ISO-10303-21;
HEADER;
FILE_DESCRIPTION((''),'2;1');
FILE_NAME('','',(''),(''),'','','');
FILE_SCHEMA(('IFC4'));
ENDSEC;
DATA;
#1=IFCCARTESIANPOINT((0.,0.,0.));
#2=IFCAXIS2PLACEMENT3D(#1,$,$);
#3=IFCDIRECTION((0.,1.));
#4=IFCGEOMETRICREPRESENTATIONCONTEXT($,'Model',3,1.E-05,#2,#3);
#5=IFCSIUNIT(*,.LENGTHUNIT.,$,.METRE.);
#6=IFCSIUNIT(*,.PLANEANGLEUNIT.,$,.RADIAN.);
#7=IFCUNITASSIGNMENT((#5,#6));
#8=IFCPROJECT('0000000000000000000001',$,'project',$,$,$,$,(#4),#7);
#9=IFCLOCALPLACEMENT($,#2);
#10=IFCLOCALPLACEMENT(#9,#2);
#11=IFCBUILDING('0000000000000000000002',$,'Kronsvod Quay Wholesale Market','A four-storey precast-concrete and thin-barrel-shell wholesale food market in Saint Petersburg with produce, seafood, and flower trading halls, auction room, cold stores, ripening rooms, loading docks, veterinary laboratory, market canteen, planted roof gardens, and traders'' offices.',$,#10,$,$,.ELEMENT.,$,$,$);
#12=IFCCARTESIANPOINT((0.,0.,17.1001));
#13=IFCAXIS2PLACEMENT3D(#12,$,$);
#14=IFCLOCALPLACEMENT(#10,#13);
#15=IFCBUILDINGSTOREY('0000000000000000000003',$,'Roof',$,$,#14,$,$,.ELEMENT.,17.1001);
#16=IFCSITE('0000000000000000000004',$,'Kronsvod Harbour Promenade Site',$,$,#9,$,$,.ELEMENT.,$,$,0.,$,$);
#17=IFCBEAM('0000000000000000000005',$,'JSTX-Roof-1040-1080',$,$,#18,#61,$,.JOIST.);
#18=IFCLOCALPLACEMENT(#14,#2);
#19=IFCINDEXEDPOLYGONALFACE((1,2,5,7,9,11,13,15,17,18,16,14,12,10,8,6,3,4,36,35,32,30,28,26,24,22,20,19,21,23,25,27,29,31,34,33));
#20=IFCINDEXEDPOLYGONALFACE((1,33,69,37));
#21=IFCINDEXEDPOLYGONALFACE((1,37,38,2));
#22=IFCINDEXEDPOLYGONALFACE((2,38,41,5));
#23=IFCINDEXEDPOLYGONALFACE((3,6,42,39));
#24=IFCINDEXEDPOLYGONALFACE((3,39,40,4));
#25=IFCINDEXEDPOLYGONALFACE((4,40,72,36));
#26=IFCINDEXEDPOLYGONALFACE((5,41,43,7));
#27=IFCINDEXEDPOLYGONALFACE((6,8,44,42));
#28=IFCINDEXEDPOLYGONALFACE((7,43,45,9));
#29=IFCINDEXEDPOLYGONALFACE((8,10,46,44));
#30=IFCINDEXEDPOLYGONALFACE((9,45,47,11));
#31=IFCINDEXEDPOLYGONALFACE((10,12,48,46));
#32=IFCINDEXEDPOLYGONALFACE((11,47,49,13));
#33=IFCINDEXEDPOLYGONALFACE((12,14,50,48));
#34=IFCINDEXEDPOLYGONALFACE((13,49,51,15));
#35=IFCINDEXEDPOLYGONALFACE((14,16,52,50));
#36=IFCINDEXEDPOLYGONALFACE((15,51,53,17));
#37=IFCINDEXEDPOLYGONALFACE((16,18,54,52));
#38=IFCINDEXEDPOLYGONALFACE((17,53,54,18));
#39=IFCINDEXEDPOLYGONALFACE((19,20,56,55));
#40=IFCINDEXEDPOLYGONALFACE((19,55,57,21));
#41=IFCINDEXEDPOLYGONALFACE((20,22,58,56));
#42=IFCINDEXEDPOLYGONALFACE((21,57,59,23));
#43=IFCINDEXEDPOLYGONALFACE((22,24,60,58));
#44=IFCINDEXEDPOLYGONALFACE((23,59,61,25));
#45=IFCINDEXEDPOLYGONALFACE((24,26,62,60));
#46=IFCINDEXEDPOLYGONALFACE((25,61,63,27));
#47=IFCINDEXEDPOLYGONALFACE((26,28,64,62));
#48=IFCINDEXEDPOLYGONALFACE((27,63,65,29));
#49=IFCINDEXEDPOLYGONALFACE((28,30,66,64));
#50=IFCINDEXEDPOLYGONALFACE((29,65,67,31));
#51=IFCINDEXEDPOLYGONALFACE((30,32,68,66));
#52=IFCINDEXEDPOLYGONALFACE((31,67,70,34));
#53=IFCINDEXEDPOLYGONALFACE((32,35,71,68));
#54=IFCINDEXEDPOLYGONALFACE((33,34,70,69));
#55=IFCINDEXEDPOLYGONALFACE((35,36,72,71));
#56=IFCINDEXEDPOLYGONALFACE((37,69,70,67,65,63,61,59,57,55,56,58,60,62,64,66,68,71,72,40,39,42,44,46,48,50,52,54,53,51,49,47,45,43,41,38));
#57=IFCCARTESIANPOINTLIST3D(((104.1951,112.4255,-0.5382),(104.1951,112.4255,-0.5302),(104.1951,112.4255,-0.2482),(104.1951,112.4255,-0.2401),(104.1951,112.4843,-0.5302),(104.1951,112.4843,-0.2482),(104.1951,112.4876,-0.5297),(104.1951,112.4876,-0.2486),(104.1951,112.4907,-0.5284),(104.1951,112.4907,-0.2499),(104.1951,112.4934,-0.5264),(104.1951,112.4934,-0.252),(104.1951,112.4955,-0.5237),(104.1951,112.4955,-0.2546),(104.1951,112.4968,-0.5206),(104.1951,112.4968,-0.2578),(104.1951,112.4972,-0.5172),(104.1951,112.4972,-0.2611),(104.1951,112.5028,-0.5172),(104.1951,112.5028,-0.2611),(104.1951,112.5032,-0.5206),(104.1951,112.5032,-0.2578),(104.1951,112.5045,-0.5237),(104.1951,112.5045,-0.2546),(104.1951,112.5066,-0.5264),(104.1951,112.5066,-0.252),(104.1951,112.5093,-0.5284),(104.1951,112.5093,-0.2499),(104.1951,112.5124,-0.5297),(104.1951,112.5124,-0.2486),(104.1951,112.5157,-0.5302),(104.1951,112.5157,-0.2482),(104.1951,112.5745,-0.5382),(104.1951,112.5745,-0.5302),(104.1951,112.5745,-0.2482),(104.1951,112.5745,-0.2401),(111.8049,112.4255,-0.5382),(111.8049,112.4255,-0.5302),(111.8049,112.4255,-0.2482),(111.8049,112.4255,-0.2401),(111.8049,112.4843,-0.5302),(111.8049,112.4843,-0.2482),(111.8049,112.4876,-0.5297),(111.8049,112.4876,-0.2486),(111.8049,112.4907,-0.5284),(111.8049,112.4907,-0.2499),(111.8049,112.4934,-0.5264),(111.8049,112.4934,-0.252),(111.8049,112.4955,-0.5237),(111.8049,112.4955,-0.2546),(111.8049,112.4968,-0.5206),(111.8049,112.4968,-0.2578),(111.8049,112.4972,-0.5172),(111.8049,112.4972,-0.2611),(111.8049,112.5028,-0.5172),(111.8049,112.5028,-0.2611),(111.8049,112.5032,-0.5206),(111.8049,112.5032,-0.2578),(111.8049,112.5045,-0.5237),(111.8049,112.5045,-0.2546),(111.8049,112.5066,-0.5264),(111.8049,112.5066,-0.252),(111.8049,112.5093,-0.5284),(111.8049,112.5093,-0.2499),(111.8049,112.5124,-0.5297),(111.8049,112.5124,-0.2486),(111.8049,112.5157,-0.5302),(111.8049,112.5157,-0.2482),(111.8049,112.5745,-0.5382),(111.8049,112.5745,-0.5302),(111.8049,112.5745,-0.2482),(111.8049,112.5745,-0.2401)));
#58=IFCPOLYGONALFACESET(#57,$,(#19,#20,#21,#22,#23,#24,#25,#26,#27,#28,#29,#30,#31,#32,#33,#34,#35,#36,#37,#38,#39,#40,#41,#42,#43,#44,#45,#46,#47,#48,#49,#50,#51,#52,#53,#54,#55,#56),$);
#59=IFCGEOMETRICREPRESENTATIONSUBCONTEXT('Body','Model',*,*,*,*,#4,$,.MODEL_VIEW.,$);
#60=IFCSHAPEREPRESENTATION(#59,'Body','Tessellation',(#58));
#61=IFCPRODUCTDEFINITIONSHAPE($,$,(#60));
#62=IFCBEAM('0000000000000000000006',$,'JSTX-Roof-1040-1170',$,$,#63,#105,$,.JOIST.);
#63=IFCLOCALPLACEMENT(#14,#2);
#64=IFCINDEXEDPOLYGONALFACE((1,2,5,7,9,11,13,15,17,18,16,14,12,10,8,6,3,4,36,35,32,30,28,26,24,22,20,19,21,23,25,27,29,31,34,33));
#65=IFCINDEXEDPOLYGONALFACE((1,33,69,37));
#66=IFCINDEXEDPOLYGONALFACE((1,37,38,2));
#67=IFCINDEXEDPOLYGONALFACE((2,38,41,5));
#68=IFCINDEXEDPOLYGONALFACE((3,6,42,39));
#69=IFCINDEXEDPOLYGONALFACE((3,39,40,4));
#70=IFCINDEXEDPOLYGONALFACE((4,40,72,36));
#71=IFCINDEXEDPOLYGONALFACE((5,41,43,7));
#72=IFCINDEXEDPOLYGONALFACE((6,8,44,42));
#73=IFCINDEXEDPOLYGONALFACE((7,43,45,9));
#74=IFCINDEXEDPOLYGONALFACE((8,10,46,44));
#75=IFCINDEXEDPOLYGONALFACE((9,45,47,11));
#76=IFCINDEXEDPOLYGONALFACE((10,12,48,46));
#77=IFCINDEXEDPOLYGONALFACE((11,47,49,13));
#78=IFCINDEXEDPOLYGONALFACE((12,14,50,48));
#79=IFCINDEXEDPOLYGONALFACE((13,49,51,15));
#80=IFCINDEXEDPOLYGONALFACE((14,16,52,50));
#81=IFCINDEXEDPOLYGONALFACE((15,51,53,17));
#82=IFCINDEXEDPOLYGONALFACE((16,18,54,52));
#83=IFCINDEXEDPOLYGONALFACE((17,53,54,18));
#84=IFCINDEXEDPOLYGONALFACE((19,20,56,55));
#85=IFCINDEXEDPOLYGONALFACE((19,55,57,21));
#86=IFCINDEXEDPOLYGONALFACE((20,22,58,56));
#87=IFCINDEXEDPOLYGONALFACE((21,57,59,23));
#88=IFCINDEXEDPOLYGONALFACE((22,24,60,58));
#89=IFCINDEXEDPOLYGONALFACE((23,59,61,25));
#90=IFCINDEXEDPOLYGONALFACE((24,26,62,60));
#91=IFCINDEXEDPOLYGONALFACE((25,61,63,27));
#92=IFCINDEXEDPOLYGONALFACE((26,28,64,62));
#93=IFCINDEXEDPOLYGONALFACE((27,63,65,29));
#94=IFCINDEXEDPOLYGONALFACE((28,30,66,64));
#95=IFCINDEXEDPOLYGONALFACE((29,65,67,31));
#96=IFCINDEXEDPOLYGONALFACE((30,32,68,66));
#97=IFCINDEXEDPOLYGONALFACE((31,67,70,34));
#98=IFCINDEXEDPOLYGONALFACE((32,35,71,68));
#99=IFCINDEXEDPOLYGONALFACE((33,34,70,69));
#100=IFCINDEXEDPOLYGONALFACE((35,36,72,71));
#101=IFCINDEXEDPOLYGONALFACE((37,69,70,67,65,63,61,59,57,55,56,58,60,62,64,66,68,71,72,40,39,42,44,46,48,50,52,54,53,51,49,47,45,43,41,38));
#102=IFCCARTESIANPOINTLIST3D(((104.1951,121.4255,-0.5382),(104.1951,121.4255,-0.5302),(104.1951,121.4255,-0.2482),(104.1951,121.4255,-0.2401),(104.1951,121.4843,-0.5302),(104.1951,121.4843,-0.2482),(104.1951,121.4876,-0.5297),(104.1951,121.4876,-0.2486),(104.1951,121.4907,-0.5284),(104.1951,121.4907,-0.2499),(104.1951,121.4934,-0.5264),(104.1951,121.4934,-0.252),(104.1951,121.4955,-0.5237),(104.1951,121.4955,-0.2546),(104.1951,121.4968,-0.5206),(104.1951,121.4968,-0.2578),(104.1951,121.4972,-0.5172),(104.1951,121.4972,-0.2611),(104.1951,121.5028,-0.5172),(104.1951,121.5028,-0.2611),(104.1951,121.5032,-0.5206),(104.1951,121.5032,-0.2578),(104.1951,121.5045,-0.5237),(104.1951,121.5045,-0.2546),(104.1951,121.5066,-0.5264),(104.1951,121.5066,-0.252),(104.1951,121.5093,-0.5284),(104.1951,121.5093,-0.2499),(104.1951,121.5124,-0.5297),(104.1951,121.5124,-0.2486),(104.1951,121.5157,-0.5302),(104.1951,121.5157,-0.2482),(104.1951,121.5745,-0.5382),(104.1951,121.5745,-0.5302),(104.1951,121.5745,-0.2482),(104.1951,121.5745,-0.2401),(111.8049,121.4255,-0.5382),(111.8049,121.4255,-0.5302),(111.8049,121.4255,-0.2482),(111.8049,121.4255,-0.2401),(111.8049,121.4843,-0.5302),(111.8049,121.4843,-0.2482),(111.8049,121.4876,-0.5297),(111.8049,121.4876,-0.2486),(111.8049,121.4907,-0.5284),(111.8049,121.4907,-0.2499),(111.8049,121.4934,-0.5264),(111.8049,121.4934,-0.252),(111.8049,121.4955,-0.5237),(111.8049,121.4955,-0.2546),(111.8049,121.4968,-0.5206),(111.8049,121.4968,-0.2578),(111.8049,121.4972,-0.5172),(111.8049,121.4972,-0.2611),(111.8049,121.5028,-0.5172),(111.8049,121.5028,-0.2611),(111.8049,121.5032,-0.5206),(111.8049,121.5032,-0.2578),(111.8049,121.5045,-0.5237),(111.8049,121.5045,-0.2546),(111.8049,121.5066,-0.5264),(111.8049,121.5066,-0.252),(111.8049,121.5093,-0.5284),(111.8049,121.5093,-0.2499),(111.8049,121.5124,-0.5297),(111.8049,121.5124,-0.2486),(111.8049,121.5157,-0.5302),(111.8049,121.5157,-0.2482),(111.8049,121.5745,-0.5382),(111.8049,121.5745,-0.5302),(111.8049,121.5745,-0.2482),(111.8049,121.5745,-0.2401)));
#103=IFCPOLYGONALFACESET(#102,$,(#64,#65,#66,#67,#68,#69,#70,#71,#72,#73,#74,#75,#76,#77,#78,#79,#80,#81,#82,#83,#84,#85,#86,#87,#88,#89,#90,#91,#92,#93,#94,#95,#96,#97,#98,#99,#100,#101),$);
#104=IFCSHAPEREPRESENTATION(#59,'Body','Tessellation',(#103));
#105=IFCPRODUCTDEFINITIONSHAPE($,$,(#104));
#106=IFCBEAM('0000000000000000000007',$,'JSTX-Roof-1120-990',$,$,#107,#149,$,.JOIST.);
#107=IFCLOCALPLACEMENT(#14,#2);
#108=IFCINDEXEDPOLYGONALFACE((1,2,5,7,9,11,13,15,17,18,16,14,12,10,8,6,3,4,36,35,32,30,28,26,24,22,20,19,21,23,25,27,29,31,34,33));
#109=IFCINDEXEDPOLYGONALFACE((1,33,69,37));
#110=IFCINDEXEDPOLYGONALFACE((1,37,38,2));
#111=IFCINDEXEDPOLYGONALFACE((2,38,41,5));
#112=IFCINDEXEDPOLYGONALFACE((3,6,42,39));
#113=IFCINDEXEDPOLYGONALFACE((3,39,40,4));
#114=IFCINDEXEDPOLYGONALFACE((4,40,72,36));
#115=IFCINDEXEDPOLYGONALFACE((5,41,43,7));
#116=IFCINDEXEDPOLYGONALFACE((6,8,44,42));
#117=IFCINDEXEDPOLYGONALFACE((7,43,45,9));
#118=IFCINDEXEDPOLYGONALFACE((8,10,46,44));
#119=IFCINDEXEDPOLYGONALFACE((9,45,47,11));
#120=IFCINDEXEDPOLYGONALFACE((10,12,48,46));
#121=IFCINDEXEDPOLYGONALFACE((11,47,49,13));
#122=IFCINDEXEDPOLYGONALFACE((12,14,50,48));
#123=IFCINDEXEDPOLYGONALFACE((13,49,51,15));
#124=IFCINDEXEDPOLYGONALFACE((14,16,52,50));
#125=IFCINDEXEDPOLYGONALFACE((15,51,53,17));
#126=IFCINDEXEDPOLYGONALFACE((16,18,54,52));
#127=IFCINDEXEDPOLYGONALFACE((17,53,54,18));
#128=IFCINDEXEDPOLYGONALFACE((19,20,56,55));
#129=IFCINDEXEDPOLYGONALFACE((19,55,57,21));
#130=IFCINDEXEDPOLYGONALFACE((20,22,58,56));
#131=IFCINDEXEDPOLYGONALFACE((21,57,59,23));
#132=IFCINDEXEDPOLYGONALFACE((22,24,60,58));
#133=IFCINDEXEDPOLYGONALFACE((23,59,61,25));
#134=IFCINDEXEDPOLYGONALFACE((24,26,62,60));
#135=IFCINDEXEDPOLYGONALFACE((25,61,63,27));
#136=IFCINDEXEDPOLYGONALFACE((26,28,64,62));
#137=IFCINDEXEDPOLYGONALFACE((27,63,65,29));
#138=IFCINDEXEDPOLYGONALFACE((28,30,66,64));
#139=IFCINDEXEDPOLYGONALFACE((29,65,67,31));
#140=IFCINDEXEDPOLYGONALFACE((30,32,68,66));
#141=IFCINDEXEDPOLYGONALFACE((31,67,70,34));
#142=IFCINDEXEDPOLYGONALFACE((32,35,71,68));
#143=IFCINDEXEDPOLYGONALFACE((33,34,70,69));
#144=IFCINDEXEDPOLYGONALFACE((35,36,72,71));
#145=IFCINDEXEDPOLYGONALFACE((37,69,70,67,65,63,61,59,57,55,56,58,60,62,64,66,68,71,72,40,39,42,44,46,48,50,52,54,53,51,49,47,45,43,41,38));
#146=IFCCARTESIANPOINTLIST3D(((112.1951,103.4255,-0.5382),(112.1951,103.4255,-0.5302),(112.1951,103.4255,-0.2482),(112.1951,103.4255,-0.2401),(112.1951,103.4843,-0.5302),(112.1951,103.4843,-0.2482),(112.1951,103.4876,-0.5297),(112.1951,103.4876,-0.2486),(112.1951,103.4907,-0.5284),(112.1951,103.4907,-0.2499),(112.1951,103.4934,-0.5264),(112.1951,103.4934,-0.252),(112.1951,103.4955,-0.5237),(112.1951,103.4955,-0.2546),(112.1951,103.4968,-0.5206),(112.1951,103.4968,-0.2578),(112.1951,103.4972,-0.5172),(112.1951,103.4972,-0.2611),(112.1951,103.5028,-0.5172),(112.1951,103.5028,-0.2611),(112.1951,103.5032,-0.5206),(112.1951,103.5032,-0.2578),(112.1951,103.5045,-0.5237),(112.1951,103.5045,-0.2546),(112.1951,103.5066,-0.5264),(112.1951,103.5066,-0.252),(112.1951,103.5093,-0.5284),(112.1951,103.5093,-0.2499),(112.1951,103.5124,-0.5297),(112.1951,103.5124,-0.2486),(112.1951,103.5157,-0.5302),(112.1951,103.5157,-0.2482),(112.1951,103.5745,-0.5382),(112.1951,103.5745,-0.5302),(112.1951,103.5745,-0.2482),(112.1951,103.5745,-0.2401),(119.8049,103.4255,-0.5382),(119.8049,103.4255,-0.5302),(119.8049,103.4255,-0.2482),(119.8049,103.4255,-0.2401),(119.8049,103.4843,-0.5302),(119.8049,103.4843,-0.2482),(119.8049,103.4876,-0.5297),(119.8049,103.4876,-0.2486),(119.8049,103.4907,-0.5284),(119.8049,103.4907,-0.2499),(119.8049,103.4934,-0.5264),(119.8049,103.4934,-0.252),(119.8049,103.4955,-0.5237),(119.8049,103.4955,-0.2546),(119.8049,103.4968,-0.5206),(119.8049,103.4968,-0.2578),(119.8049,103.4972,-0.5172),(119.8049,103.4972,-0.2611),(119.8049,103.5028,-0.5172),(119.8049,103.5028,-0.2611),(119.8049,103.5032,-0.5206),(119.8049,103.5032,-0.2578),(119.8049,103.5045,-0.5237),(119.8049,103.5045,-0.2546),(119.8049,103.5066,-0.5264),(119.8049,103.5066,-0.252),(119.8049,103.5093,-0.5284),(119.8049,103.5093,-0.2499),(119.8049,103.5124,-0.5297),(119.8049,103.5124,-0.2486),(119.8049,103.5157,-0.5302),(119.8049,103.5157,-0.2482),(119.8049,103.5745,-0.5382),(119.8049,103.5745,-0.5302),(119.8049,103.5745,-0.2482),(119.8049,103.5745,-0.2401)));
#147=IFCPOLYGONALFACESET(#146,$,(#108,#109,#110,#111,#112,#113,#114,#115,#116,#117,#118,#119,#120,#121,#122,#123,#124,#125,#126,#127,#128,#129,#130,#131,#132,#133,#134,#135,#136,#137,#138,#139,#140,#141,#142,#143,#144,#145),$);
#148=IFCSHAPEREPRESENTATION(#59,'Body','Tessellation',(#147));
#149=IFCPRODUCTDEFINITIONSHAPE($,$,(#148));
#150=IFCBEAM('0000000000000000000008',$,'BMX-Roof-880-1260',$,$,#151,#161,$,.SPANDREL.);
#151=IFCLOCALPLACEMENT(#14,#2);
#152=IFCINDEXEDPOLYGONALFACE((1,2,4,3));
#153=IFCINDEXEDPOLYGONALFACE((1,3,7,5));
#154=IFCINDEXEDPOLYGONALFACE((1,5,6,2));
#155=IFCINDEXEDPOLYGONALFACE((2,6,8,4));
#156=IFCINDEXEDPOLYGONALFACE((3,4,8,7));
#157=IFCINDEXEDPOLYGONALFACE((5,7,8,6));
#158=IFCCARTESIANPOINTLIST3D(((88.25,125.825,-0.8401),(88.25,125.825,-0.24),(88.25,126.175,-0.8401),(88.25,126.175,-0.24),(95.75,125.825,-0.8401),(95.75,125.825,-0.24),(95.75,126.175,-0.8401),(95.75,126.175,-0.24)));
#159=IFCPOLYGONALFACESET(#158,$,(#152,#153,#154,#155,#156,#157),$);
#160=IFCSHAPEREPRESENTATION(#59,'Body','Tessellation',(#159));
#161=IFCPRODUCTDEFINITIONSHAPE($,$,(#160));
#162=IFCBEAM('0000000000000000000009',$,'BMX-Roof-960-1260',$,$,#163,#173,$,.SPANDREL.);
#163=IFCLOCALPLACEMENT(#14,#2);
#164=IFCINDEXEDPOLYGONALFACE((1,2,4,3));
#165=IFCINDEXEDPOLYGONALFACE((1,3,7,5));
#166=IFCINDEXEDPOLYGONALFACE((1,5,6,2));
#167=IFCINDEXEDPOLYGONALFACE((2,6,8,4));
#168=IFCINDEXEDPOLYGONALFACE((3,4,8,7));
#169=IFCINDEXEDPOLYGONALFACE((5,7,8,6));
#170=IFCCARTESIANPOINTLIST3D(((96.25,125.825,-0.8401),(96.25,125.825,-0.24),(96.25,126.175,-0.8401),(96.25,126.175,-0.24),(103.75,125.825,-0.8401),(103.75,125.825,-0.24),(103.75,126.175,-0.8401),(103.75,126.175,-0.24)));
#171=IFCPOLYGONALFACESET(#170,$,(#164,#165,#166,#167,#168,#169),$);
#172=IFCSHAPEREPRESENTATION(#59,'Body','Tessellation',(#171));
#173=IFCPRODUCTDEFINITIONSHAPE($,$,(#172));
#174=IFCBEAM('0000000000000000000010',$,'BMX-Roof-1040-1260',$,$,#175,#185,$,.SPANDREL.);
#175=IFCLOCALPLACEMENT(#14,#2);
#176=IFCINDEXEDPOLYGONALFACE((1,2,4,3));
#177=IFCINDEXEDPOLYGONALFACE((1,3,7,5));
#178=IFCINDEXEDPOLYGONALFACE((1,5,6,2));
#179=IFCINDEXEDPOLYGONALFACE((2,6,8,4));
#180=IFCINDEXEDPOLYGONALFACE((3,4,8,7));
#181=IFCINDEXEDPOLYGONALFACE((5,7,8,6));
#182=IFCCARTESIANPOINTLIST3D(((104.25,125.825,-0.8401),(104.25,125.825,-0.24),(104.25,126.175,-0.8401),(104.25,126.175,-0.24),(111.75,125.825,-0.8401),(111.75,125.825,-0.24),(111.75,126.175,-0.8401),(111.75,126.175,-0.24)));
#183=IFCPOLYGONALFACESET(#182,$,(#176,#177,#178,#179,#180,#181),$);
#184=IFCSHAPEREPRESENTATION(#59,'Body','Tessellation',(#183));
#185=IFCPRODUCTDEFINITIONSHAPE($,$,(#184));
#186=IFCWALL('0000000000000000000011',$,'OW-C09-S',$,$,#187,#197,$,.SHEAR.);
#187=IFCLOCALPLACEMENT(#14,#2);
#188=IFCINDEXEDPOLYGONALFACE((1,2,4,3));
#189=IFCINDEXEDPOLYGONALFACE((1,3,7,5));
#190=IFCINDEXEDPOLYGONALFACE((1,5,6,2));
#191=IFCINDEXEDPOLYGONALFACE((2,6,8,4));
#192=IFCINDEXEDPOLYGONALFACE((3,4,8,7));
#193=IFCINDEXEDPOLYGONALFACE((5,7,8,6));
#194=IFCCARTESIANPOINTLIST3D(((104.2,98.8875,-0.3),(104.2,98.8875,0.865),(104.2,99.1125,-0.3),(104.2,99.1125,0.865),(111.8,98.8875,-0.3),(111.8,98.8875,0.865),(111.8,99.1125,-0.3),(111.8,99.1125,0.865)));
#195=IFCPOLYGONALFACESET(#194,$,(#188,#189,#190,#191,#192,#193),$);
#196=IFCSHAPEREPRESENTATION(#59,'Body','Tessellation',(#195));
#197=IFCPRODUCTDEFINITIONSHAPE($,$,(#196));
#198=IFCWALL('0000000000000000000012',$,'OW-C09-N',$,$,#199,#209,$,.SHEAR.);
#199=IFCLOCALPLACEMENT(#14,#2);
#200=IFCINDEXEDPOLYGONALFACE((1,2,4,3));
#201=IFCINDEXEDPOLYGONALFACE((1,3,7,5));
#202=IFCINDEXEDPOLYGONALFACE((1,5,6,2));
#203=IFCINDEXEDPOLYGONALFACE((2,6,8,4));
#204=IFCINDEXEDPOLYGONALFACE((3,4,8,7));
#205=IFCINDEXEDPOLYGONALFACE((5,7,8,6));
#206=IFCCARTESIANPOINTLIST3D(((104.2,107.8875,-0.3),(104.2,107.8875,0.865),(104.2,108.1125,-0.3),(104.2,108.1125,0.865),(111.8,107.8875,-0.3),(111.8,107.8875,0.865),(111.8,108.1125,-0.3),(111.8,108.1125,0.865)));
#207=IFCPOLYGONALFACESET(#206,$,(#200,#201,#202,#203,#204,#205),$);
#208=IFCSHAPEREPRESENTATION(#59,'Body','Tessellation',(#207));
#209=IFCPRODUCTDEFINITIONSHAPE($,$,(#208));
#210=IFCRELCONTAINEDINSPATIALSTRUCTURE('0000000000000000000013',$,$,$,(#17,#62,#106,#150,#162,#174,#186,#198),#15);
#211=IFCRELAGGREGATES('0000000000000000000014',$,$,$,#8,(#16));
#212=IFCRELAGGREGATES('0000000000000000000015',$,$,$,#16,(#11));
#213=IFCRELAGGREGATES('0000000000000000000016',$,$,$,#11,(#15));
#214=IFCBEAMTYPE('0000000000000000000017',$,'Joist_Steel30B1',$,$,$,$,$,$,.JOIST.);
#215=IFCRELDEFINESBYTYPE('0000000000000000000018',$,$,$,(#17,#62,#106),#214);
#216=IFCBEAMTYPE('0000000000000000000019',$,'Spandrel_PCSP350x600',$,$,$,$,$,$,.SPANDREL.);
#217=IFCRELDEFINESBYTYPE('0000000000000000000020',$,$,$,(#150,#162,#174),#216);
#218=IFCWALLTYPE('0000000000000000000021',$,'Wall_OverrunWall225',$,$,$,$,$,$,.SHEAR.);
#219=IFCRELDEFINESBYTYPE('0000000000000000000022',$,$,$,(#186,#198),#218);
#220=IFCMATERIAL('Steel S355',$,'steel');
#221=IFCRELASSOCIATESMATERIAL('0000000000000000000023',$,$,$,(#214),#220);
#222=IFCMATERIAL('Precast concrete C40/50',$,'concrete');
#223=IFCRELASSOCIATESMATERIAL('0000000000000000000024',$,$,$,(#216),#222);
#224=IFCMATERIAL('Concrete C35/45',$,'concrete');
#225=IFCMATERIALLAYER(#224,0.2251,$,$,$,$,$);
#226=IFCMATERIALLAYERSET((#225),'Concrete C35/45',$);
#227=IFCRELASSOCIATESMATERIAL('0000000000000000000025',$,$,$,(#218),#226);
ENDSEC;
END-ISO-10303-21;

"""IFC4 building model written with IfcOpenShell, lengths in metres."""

from ifc_helpers import new_model, si_unit, direction, frame, frame_2d, origin, origin_2d, place, context, subcontext, project, spatial, rectangle, i_section, extrude, material, layer, layer_set, material_profile, profile_set, type_object, element, save


model = new_model("IFC4")

# Units and contexts
model_context = context("Model", 3, precision=1e-05, world=origin(), true_north=direction((0.0, 1.0)))
body_context = subcontext(model_context, "Body", "Model", "MODEL_VIEW")
ifc_project = project(units=[si_unit("LENGTHUNIT", "METRE"), si_unit("PLANEANGLEUNIT", "RADIAN")], contexts=[model_context])

# Site, building, storey
site_placement = place(None, origin())
site = spatial("IfcSite", under=ifc_project, at=site_placement, Name="Kronsvod Harbour Promenade Site", CompositionType="ELEMENT", RefElevation=0.0)
building_placement = place(site_placement, origin())
building = spatial("IfcBuilding", under=site, at=building_placement, Name="Kronsvod Quay Wholesale Market", Description="A four-storey precast-concrete and thin-barrel-shell wholesale food market in Saint Petersburg with produce, seafood, and flower trading halls, auction room, cold stores, ripening rooms, loading docks, veterinary laboratory, market canteen, planted roof gardens, and traders' offices.", CompositionType="ELEMENT")
storey_placement = place(building_placement, frame((0.0, 0.0, 17.1001)))
storey = spatial("IfcBuildingStorey", under=building, at=storey_placement, Name="Roof", CompositionType="ELEMENT", Elevation=17.1001)

# Beams
ifc_material_1 = material(Name="Steel S355", Category="steel")
ifc_material_profile_1 = material_profile(ifc_material_1, i_section(OverallWidth=0.1489, OverallDepth=0.2981, WebThickness=0.0056, FlangeThickness=0.0081, FilletRadius=0.0129, at=origin_2d()), Name="30B1")
ifc_profile_set_1 = profile_set([ifc_material_profile_1], Name="Steel S355")
beam_type_1 = type_object("IfcBeamType", Name="Joist_Steel30B1", PredefinedType="JOIST", material=ifc_profile_set_1)
for number, where, z_axis, x_axis, name in (
    (1, (104.1951, 112.5, -0.3892), (1.0, 0.0, 0.0), (0.0, 1.0, 0.0), "JSTX-Roof-1040-1080"),
    (2, (104.1951, 121.5, -0.3892), (1.0, 0.0, 0.0), (0.0, 1.0, 0.0), "JSTX-Roof-1040-1170"),
    (3, (112.1951, 103.5, -0.3892), (1.0, 0.0, 0.0), (0.0, 1.0, 0.0), "JSTX-Roof-1120-990"),
):
    element("IfcBeam", number, at=place(storey_placement, frame(where, z_axis=z_axis, x_axis=x_axis)), inside=storey, type_object=beam_type_1, Name=name, PredefinedType="JOIST", context=body_context, shape_type="SweptSolid", body=[
        extrude(i_section(OverallWidth=0.1489, OverallDepth=0.2981, WebThickness=0.0056, FlangeThickness=0.0081, FilletRadius=0.0129, at=origin_2d()), origin(), (0.0, 0.0, 1.0), 7.6099),
    ])
ifc_material_2 = material(Name="Precast concrete C40/50", Category="concrete")
ifc_material_profile_2 = material_profile(ifc_material_2, rectangle(XDim=0.3501, YDim=0.6001, at=origin_2d()), Name="PCSP350x600")
ifc_profile_set_2 = profile_set([ifc_material_profile_2], Name="Precast concrete C40/50")
beam_type_2 = type_object("IfcBeamType", Name="Spandrel_PCSP350x600", PredefinedType="SPANDREL", material=ifc_profile_set_2)
for number, where, z_axis, x_axis, name in (
    (4, (88.25, 126.0, -0.54), (1.0, 0.0, 0.0), (0.0, 1.0, 0.0), "BMX-Roof-880-1260"),
    (5, (96.25, 126.0, -0.54), (1.0, 0.0, 0.0), (0.0, 1.0, 0.0), "BMX-Roof-960-1260"),
    (6, (104.25, 126.0, -0.54), (1.0, 0.0, 0.0), (0.0, 1.0, 0.0), "BMX-Roof-1040-1260"),
):
    element("IfcBeam", number, at=place(storey_placement, frame(where, z_axis=z_axis, x_axis=x_axis)), inside=storey, type_object=beam_type_2, Name=name, PredefinedType="SPANDREL", context=body_context, shape_type="SweptSolid", body=[
        extrude(rectangle(XDim=0.3501, YDim=0.6001, at=origin_2d()), origin(), (0.0, 0.0, 1.0), 7.5),
    ])

# Walls
ifc_material_3 = material(Name="Concrete C35/45", Category="concrete")
ifc_layer = layer(ifc_material_3, 0.2251)
ifc_layer_set = layer_set([ifc_layer], Name="Concrete C35/45")
wall_type = type_object("IfcWallType", Name="Wall_OverrunWall225", PredefinedType="SHEAR", material=ifc_layer_set)
for number, where, z_axis, x_axis, name in (
    (7, (104.2, 99.0, -0.3), (0.0, 0.0, 1.0), (1.0, 0.0, 0.0), "OW-C09-S"),
    (8, (104.2, 108.0, -0.3), (0.0, 0.0, 1.0), (1.0, 0.0, 0.0), "OW-C09-N"),
):
    element("IfcWall", number, at=place(storey_placement, frame(where, z_axis=z_axis, x_axis=x_axis)), inside=storey, type_object=wall_type, Name=name, PredefinedType="SHEAR", context=body_context, shape_type="SweptSolid", body=[
        extrude(rectangle(XDim=7.6001, YDim=0.2251, at=frame_2d((3.8, 0.0))), origin(), (0.0, 0.0, 1.0), 1.165),
    ])

save(model, "model.ifc")
